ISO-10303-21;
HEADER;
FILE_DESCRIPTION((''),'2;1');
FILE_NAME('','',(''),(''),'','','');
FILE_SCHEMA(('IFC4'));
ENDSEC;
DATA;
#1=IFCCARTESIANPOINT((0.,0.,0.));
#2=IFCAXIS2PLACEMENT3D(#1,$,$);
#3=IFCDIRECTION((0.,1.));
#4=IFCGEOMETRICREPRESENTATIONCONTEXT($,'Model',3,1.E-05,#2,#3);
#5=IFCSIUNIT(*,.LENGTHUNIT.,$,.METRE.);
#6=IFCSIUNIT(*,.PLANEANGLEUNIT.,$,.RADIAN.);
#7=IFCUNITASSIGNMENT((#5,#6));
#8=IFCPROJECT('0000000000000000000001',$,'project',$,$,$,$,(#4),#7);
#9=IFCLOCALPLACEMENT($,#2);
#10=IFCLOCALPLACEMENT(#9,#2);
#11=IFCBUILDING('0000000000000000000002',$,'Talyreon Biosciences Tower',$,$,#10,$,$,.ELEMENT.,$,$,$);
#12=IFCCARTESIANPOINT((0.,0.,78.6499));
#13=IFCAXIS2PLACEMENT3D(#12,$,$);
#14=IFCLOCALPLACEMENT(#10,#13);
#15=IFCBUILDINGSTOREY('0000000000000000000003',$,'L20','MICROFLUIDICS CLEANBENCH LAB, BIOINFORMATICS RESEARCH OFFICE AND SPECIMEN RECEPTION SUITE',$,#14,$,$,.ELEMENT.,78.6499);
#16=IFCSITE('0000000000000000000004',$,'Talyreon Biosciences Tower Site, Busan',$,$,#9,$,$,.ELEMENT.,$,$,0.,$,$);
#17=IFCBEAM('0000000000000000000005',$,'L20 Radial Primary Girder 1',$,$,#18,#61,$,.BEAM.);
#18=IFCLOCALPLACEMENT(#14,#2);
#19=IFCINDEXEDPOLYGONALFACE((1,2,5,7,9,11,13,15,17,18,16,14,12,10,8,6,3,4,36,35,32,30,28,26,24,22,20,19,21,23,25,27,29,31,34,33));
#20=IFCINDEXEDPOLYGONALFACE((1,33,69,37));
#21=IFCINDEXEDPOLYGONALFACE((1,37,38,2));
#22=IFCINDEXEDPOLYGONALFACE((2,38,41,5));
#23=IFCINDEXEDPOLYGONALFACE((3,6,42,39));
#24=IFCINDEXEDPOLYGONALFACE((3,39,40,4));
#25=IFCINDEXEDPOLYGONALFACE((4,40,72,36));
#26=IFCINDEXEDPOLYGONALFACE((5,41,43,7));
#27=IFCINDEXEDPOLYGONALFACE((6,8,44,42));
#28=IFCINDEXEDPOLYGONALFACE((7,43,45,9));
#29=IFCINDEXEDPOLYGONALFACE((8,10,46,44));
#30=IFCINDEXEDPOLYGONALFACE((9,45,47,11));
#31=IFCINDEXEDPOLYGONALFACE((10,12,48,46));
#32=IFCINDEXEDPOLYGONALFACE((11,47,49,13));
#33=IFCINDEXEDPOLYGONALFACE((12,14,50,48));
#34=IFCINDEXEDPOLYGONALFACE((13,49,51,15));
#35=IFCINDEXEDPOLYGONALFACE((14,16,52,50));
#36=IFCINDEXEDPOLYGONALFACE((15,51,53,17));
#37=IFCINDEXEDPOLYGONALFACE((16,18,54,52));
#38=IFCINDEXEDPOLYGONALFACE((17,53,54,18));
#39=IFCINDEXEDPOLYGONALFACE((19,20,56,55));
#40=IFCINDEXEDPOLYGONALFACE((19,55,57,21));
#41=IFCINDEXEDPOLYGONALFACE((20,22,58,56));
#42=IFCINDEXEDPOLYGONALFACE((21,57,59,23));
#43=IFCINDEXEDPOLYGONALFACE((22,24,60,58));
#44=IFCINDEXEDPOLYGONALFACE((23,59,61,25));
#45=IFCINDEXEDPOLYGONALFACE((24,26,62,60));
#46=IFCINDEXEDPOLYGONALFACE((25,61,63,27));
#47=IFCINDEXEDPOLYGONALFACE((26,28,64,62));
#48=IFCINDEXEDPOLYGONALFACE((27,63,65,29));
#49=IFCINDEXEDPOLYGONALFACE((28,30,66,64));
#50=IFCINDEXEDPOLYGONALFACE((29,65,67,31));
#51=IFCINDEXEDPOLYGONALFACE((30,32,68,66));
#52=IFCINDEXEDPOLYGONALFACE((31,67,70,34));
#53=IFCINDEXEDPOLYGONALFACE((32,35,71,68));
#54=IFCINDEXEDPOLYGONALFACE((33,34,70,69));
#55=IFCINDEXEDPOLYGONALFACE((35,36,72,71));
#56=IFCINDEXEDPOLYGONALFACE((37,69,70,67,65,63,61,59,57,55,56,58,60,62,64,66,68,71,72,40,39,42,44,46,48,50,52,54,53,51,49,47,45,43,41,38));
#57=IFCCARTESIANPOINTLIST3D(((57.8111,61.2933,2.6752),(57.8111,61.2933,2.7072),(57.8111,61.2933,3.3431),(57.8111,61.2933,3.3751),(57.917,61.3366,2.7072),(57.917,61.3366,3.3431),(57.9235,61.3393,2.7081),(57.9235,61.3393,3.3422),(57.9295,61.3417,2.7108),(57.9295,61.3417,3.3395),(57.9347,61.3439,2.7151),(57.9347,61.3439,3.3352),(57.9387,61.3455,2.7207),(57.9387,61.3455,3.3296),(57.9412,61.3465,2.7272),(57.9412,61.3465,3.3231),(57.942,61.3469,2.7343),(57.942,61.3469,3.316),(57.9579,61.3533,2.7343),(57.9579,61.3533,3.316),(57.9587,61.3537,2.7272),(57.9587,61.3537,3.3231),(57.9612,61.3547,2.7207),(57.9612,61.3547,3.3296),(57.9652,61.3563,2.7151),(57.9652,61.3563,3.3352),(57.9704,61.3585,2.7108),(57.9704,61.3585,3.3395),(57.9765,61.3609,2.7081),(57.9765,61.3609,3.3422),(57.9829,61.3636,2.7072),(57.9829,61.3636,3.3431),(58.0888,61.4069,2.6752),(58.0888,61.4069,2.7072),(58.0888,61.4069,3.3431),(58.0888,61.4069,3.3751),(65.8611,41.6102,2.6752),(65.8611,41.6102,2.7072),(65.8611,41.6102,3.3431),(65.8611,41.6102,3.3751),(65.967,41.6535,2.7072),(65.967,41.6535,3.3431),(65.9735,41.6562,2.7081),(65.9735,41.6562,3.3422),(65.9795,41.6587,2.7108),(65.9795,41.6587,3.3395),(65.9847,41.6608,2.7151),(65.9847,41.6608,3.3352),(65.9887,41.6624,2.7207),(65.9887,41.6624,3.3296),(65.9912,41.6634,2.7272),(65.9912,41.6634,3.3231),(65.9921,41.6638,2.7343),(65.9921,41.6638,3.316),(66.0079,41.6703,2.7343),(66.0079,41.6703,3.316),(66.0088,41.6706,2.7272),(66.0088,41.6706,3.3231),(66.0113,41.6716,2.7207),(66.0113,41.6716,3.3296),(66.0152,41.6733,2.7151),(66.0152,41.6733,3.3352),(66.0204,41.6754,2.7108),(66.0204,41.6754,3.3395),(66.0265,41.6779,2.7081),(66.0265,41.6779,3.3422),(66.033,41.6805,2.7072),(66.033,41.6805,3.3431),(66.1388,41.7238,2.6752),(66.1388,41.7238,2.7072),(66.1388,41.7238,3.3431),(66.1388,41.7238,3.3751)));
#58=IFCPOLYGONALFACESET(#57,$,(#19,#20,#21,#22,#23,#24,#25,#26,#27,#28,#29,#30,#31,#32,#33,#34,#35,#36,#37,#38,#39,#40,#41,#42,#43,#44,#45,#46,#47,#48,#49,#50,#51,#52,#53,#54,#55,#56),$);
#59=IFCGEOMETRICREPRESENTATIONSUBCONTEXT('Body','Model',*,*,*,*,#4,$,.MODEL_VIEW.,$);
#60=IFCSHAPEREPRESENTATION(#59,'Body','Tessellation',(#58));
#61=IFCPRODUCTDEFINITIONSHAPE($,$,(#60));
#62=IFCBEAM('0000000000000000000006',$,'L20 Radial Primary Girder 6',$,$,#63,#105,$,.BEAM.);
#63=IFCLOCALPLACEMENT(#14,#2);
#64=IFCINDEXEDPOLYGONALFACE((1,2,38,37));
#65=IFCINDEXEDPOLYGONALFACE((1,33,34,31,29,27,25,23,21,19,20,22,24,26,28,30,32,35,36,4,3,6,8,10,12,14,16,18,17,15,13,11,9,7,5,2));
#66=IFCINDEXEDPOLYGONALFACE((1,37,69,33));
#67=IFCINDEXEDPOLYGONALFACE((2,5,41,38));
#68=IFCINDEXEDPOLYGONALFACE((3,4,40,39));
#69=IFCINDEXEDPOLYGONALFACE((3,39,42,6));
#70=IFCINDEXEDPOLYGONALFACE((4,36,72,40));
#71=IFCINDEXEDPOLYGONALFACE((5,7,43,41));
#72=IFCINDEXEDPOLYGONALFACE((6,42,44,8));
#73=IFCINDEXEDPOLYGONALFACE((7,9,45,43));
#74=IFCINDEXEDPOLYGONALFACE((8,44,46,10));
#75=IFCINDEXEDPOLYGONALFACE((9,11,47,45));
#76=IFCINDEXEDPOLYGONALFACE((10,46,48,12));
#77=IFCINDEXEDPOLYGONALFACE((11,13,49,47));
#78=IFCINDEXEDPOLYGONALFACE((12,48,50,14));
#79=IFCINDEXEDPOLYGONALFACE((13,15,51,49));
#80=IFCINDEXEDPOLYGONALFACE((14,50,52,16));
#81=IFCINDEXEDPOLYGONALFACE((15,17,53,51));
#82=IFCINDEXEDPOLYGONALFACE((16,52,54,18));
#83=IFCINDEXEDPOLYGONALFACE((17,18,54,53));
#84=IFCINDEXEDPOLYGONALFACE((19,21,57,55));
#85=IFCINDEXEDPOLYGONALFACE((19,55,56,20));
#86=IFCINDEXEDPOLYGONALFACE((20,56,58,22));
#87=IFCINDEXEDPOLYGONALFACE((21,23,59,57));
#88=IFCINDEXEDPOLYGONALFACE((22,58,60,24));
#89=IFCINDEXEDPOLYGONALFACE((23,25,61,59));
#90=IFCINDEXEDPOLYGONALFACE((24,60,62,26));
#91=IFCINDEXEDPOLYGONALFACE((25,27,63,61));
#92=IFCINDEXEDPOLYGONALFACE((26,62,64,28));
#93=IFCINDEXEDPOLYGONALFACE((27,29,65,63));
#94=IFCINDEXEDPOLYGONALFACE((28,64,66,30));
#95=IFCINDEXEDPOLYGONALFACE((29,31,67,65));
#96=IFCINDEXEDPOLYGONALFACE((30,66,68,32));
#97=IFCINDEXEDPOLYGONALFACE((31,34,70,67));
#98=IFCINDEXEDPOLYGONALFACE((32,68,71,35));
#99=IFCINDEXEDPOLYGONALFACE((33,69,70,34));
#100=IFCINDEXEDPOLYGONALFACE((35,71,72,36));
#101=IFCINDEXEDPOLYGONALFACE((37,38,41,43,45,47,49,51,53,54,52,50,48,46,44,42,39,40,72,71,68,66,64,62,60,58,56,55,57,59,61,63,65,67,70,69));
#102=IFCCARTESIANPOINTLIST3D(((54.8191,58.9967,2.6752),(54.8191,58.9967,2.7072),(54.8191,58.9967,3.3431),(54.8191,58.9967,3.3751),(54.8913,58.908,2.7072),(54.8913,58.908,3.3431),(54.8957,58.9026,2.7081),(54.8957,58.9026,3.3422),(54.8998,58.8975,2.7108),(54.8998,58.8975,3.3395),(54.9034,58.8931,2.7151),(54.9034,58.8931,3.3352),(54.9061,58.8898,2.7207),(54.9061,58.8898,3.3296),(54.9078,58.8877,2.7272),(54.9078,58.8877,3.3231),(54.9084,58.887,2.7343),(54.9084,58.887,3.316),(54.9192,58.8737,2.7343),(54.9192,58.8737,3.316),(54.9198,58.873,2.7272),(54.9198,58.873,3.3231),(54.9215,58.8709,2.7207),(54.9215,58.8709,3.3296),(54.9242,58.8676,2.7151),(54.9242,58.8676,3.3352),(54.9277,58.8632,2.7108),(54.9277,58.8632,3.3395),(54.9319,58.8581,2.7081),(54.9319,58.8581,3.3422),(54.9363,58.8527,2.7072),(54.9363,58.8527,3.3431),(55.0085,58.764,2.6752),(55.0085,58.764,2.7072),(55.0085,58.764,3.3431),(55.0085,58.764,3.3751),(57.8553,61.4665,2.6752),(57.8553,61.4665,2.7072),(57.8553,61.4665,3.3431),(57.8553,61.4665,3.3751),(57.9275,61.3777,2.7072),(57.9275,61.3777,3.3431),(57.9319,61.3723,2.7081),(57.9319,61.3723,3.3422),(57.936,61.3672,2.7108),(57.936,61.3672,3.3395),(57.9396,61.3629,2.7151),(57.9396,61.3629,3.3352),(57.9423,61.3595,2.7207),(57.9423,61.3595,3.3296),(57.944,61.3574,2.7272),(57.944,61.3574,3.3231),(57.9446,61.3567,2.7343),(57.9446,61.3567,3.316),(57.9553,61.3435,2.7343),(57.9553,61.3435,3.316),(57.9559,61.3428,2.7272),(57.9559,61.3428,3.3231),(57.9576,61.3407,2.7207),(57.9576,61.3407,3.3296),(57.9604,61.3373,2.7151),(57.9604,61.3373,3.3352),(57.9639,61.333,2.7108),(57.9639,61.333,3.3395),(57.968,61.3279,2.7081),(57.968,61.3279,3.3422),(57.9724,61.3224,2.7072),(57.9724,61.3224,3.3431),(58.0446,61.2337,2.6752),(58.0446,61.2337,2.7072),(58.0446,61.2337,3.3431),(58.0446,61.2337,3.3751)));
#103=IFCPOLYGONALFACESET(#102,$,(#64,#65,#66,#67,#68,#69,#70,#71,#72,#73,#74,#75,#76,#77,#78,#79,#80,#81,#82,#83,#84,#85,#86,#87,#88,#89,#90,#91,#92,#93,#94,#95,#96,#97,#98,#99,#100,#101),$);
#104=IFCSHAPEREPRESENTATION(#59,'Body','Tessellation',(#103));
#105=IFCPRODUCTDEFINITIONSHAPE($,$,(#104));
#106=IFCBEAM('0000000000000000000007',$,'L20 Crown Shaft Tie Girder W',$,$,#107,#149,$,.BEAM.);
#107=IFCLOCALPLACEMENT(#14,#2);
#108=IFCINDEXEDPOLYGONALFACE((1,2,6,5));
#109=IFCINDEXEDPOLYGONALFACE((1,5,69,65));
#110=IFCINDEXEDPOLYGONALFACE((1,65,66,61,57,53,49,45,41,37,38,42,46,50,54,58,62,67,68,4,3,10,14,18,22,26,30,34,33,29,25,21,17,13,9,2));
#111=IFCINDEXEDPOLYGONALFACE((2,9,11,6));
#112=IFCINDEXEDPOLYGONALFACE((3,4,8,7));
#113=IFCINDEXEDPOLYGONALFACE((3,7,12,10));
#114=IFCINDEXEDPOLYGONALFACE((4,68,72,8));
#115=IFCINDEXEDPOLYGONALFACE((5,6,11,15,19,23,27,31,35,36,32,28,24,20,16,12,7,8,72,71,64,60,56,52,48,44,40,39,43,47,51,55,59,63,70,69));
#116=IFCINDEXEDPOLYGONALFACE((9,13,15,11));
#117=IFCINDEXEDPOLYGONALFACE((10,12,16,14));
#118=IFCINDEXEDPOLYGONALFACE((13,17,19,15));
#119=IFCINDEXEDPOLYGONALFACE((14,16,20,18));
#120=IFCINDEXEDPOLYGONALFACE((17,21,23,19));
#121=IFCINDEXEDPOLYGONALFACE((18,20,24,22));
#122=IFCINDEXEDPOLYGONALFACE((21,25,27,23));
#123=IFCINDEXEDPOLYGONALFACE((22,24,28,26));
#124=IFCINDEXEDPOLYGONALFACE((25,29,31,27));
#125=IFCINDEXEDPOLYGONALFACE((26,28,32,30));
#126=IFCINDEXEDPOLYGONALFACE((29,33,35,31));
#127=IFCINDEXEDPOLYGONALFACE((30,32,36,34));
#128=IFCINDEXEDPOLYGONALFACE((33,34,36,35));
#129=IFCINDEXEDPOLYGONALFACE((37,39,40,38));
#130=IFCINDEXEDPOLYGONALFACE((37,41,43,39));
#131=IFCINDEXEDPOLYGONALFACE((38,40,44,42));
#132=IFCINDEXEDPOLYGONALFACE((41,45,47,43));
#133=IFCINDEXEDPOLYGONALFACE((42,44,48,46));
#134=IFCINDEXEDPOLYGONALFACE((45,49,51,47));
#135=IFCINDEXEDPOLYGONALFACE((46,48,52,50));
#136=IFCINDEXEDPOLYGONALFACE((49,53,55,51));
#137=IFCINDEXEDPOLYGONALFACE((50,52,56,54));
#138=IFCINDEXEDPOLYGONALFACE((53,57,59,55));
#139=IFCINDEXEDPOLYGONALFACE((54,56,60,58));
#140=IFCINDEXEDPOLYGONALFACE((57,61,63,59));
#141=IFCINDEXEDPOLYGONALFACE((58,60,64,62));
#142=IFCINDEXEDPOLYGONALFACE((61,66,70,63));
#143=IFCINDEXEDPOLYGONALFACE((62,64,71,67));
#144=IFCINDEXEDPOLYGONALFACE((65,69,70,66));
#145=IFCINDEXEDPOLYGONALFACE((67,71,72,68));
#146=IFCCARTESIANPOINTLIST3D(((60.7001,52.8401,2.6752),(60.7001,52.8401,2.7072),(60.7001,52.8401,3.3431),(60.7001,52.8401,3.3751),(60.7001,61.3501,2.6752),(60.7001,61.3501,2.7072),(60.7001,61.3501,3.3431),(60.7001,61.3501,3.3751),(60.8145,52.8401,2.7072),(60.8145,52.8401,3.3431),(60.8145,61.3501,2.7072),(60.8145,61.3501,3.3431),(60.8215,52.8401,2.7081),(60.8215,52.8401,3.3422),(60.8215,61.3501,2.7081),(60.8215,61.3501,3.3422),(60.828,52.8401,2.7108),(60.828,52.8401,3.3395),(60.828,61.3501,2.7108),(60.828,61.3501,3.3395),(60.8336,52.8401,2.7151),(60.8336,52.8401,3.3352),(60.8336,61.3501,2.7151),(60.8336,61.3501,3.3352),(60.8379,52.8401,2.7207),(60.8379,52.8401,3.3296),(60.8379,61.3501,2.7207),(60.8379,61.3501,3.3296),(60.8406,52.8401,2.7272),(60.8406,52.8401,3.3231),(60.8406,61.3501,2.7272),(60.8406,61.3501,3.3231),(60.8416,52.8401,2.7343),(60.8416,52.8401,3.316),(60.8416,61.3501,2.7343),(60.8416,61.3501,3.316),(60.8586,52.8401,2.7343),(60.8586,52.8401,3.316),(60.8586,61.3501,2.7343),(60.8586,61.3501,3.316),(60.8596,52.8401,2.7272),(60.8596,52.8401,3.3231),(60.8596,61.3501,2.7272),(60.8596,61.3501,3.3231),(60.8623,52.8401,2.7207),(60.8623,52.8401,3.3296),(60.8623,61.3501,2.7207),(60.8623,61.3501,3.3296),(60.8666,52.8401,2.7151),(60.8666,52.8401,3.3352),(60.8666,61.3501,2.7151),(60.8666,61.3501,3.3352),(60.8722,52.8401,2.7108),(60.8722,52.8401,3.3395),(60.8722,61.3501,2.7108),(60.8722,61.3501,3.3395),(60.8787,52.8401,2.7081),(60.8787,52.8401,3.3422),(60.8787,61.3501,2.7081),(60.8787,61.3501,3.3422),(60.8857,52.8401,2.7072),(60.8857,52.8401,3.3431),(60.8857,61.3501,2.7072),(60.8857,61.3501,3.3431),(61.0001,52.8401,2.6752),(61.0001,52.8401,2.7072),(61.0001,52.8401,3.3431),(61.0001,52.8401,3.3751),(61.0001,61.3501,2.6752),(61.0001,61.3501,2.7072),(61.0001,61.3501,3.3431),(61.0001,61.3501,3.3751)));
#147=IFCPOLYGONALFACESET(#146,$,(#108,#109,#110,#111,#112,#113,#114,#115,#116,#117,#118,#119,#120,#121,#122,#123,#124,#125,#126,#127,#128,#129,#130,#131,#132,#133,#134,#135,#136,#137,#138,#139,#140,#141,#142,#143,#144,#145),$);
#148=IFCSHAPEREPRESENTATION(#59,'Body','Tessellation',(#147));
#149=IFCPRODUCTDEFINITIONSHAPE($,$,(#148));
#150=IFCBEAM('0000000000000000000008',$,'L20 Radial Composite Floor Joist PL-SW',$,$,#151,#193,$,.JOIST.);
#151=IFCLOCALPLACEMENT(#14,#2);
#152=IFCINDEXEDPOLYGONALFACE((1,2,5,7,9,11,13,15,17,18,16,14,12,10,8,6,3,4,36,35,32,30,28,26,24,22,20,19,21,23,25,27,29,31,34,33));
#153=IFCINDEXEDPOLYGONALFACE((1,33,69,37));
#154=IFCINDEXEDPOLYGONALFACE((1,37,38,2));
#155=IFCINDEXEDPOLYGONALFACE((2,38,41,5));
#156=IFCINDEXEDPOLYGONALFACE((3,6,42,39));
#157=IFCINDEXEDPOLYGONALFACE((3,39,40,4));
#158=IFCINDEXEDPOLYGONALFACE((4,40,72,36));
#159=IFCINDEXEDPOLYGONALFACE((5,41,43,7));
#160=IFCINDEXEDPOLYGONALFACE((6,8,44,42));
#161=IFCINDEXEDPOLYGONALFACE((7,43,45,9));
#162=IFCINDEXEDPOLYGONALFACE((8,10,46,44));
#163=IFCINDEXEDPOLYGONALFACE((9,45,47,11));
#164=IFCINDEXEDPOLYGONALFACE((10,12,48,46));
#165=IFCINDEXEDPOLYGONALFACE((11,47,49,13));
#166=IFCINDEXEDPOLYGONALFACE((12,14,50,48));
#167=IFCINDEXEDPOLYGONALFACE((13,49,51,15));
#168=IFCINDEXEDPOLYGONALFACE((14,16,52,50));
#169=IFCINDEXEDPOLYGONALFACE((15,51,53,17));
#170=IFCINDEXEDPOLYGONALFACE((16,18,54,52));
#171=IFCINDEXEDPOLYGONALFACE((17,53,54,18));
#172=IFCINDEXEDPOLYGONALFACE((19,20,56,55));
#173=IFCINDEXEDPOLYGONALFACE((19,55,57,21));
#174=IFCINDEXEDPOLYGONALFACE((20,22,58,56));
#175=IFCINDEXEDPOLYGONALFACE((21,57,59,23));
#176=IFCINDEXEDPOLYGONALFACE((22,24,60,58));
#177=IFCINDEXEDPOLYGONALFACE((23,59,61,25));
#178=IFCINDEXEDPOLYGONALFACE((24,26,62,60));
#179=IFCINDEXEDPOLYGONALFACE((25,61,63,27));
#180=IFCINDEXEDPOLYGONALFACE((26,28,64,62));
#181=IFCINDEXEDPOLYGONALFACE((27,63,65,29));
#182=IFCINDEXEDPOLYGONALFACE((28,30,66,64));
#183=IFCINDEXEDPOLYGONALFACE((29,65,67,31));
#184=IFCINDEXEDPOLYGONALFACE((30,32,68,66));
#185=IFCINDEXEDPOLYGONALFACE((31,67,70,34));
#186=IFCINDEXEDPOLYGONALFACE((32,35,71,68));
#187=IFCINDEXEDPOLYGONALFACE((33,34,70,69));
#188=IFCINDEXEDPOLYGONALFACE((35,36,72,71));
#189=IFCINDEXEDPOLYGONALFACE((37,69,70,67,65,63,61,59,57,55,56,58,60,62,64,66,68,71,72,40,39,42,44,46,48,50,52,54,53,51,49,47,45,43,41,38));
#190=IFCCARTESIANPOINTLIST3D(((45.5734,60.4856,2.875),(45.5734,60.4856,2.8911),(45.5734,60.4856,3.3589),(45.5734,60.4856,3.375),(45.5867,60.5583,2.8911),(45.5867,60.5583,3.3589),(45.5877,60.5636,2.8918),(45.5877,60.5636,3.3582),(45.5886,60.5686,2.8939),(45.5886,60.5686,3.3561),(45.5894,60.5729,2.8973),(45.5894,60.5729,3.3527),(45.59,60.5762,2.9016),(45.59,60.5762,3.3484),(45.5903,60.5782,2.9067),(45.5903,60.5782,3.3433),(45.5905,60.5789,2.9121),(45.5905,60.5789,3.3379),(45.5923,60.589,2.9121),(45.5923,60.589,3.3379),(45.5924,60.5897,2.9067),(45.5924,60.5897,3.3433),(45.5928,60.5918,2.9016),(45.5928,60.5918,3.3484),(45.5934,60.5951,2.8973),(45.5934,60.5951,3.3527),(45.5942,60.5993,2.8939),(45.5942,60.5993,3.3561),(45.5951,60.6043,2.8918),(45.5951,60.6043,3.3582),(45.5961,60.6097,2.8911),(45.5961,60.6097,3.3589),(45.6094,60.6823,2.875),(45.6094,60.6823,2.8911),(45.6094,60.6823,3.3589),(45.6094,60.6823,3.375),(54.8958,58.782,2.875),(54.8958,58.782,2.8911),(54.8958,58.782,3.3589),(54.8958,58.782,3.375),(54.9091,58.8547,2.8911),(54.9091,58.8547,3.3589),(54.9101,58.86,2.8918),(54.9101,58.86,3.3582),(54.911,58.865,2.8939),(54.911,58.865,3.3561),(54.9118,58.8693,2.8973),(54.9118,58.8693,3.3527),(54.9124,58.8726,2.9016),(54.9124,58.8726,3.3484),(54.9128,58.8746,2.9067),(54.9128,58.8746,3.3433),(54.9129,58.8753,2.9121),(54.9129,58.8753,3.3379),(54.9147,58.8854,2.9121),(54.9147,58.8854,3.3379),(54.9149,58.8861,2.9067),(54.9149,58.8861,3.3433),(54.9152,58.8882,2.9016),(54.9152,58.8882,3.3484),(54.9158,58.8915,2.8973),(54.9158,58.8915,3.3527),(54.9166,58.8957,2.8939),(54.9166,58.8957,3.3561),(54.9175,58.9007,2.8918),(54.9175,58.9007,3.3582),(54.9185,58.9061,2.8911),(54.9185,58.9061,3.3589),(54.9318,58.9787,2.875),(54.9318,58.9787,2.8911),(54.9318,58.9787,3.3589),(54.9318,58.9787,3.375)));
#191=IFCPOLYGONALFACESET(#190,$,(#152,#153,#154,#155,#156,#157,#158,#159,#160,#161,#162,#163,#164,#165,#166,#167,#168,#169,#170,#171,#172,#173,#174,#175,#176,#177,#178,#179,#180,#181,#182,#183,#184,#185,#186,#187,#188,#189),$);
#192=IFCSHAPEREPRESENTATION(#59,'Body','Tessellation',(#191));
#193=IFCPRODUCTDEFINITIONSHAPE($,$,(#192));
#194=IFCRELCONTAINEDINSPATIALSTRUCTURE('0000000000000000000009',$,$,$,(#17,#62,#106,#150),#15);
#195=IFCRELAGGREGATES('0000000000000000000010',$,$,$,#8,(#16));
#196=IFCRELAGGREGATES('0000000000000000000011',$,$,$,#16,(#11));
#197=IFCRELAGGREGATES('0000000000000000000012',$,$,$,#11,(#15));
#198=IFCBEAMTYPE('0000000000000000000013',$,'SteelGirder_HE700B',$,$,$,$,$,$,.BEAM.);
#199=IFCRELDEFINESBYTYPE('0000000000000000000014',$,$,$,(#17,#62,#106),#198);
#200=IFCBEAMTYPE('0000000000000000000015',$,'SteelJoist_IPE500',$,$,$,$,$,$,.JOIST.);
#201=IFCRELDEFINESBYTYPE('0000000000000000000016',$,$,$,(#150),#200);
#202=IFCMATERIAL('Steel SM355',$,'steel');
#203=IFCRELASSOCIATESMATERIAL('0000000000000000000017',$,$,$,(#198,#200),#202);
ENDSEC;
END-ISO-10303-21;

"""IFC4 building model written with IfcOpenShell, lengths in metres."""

from ifc_helpers import new_model, si_unit, direction, frame, origin, origin_2d, place, context, subcontext, project, spatial, i_section, extrude, material, material_profile, profile_set, type_object, element, save


model = new_model("IFC4")

# Units and contexts
model_context = context("Model", 3, precision=1e-05, world=origin(), true_north=direction((0.0, 1.0)))
body_context = subcontext(model_context, "Body", "Model", "MODEL_VIEW")
ifc_project = project(units=[si_unit("LENGTHUNIT", "METRE"), si_unit("PLANEANGLEUNIT", "RADIAN")], contexts=[model_context])

# Site, building, storey
site_placement = place(None, origin())
site = spatial("IfcSite", under=ifc_project, at=site_placement, Name="Talyreon Biosciences Tower Site, Busan", CompositionType="ELEMENT", RefElevation=0.0)
building_placement = place(site_placement, origin())
building = spatial("IfcBuilding", under=site, at=building_placement, Name="Talyreon Biosciences Tower", CompositionType="ELEMENT")
storey_placement = place(building_placement, frame((0.0, 0.0, 78.6499)))
storey = spatial("IfcBuildingStorey", under=building, at=storey_placement, Name="L20", Description="MICROFLUIDICS CLEANBENCH LAB, BIOINFORMATICS RESEARCH OFFICE AND SPECIMEN RECEPTION SUITE", CompositionType="ELEMENT", Elevation=78.6499)

# Beams
ifc_material_1 = material(Name="Steel SM355", Category="steel")
ifc_material_profile_1 = material_profile(ifc_material_1, i_section(OverallWidth=0.3, OverallDepth=0.7, WebThickness=0.0171, FlangeThickness=0.032, FilletRadius=0.0271, at=origin_2d()), Name="HE700B")
ifc_profile_set_1 = profile_set([ifc_material_profile_1], Name="Steel SM355")
beam_type_1 = type_object("IfcBeamType", Name="SteelGirder_HE700B", PredefinedType="BEAM", material=ifc_profile_set_1)
beam_1_placement = place(storey_placement, frame((57.95, 61.3501, 3.0251), z_axis=(0.378547, -0.925582, 0.0), x_axis=(0.925582, 0.378547, 0.0)))
element("IfcBeam", 1, at=beam_1_placement, inside=storey, type_object=beam_type_1, Name="L20 Radial Primary Girder 1", PredefinedType="BEAM", context=body_context, shape_type="SweptSolid", body=[
    extrude(i_section(OverallWidth=0.3, OverallDepth=0.7, WebThickness=0.0171, FlangeThickness=0.032, FilletRadius=0.0271, at=origin_2d()), origin(), (0.0, 0.0, 1.0), 21.2656),
])
beam_2_placement = place(storey_placement, frame((57.95, 61.3501, 3.0251), z_axis=(-0.775755, -0.631034, 0.0), x_axis=(0.631034, -0.775755, 0.0)))
element("IfcBeam", 2, at=beam_2_placement, inside=storey, type_object=beam_type_1, Name="L20 Radial Primary Girder 6", PredefinedType="BEAM", context=body_context, shape_type="SweptSolid", body=[
    extrude(i_section(OverallWidth=0.3, OverallDepth=0.7, WebThickness=0.0171, FlangeThickness=0.032, FilletRadius=0.0271, at=origin_2d()), origin(), (0.0, 0.0, 1.0), 3.9138),
])
beam_3_placement = place(storey_placement, frame((60.8501, 52.8401, 3.0251), z_axis=(0.0, 1.0, 0.0), x_axis=(-1.0, 0.0, 0.0)))
element("IfcBeam", 3, at=beam_3_placement, inside=storey, type_object=beam_type_1, Name="L20 Crown Shaft Tie Girder W", PredefinedType="BEAM", context=body_context, shape_type="SweptSolid", body=[
    extrude(i_section(OverallWidth=0.3, OverallDepth=0.7, WebThickness=0.0171, FlangeThickness=0.032, FilletRadius=0.0271, at=origin_2d()), origin(), (0.0, 0.0, 1.0), 8.51),
])
ifc_material_profile_2 = material_profile(ifc_material_1, i_section(OverallWidth=0.2, OverallDepth=0.5, WebThickness=0.0103, FlangeThickness=0.0161, FilletRadius=0.021, at=origin_2d()), Name="IPE500")
ifc_profile_set_2 = profile_set([ifc_material_profile_2], Name="Steel SM355")
beam_type_2 = type_object("IfcBeamType", Name="SteelJoist_IPE500", PredefinedType="JOIST", material=ifc_profile_set_2)
beam_4_placement = place(storey_placement, frame((54.9138, 58.8804, 3.125), z_axis=(-0.98371, 0.179765, 0.0), x_axis=(-0.179765, -0.98371, 0.0)))
element("IfcBeam", 4, at=beam_4_placement, inside=storey, type_object=beam_type_2, Name="L20 Radial Composite Floor Joist PL-SW", PredefinedType="JOIST", context=body_context, shape_type="SweptSolid", body=[
    extrude(i_section(OverallWidth=0.2, OverallDepth=0.5, WebThickness=0.0103, FlangeThickness=0.0161, FilletRadius=0.021, at=origin_2d()), origin(), (0.0, 0.0, 1.0), 9.4768),
])

save(model, "model.ifc")
